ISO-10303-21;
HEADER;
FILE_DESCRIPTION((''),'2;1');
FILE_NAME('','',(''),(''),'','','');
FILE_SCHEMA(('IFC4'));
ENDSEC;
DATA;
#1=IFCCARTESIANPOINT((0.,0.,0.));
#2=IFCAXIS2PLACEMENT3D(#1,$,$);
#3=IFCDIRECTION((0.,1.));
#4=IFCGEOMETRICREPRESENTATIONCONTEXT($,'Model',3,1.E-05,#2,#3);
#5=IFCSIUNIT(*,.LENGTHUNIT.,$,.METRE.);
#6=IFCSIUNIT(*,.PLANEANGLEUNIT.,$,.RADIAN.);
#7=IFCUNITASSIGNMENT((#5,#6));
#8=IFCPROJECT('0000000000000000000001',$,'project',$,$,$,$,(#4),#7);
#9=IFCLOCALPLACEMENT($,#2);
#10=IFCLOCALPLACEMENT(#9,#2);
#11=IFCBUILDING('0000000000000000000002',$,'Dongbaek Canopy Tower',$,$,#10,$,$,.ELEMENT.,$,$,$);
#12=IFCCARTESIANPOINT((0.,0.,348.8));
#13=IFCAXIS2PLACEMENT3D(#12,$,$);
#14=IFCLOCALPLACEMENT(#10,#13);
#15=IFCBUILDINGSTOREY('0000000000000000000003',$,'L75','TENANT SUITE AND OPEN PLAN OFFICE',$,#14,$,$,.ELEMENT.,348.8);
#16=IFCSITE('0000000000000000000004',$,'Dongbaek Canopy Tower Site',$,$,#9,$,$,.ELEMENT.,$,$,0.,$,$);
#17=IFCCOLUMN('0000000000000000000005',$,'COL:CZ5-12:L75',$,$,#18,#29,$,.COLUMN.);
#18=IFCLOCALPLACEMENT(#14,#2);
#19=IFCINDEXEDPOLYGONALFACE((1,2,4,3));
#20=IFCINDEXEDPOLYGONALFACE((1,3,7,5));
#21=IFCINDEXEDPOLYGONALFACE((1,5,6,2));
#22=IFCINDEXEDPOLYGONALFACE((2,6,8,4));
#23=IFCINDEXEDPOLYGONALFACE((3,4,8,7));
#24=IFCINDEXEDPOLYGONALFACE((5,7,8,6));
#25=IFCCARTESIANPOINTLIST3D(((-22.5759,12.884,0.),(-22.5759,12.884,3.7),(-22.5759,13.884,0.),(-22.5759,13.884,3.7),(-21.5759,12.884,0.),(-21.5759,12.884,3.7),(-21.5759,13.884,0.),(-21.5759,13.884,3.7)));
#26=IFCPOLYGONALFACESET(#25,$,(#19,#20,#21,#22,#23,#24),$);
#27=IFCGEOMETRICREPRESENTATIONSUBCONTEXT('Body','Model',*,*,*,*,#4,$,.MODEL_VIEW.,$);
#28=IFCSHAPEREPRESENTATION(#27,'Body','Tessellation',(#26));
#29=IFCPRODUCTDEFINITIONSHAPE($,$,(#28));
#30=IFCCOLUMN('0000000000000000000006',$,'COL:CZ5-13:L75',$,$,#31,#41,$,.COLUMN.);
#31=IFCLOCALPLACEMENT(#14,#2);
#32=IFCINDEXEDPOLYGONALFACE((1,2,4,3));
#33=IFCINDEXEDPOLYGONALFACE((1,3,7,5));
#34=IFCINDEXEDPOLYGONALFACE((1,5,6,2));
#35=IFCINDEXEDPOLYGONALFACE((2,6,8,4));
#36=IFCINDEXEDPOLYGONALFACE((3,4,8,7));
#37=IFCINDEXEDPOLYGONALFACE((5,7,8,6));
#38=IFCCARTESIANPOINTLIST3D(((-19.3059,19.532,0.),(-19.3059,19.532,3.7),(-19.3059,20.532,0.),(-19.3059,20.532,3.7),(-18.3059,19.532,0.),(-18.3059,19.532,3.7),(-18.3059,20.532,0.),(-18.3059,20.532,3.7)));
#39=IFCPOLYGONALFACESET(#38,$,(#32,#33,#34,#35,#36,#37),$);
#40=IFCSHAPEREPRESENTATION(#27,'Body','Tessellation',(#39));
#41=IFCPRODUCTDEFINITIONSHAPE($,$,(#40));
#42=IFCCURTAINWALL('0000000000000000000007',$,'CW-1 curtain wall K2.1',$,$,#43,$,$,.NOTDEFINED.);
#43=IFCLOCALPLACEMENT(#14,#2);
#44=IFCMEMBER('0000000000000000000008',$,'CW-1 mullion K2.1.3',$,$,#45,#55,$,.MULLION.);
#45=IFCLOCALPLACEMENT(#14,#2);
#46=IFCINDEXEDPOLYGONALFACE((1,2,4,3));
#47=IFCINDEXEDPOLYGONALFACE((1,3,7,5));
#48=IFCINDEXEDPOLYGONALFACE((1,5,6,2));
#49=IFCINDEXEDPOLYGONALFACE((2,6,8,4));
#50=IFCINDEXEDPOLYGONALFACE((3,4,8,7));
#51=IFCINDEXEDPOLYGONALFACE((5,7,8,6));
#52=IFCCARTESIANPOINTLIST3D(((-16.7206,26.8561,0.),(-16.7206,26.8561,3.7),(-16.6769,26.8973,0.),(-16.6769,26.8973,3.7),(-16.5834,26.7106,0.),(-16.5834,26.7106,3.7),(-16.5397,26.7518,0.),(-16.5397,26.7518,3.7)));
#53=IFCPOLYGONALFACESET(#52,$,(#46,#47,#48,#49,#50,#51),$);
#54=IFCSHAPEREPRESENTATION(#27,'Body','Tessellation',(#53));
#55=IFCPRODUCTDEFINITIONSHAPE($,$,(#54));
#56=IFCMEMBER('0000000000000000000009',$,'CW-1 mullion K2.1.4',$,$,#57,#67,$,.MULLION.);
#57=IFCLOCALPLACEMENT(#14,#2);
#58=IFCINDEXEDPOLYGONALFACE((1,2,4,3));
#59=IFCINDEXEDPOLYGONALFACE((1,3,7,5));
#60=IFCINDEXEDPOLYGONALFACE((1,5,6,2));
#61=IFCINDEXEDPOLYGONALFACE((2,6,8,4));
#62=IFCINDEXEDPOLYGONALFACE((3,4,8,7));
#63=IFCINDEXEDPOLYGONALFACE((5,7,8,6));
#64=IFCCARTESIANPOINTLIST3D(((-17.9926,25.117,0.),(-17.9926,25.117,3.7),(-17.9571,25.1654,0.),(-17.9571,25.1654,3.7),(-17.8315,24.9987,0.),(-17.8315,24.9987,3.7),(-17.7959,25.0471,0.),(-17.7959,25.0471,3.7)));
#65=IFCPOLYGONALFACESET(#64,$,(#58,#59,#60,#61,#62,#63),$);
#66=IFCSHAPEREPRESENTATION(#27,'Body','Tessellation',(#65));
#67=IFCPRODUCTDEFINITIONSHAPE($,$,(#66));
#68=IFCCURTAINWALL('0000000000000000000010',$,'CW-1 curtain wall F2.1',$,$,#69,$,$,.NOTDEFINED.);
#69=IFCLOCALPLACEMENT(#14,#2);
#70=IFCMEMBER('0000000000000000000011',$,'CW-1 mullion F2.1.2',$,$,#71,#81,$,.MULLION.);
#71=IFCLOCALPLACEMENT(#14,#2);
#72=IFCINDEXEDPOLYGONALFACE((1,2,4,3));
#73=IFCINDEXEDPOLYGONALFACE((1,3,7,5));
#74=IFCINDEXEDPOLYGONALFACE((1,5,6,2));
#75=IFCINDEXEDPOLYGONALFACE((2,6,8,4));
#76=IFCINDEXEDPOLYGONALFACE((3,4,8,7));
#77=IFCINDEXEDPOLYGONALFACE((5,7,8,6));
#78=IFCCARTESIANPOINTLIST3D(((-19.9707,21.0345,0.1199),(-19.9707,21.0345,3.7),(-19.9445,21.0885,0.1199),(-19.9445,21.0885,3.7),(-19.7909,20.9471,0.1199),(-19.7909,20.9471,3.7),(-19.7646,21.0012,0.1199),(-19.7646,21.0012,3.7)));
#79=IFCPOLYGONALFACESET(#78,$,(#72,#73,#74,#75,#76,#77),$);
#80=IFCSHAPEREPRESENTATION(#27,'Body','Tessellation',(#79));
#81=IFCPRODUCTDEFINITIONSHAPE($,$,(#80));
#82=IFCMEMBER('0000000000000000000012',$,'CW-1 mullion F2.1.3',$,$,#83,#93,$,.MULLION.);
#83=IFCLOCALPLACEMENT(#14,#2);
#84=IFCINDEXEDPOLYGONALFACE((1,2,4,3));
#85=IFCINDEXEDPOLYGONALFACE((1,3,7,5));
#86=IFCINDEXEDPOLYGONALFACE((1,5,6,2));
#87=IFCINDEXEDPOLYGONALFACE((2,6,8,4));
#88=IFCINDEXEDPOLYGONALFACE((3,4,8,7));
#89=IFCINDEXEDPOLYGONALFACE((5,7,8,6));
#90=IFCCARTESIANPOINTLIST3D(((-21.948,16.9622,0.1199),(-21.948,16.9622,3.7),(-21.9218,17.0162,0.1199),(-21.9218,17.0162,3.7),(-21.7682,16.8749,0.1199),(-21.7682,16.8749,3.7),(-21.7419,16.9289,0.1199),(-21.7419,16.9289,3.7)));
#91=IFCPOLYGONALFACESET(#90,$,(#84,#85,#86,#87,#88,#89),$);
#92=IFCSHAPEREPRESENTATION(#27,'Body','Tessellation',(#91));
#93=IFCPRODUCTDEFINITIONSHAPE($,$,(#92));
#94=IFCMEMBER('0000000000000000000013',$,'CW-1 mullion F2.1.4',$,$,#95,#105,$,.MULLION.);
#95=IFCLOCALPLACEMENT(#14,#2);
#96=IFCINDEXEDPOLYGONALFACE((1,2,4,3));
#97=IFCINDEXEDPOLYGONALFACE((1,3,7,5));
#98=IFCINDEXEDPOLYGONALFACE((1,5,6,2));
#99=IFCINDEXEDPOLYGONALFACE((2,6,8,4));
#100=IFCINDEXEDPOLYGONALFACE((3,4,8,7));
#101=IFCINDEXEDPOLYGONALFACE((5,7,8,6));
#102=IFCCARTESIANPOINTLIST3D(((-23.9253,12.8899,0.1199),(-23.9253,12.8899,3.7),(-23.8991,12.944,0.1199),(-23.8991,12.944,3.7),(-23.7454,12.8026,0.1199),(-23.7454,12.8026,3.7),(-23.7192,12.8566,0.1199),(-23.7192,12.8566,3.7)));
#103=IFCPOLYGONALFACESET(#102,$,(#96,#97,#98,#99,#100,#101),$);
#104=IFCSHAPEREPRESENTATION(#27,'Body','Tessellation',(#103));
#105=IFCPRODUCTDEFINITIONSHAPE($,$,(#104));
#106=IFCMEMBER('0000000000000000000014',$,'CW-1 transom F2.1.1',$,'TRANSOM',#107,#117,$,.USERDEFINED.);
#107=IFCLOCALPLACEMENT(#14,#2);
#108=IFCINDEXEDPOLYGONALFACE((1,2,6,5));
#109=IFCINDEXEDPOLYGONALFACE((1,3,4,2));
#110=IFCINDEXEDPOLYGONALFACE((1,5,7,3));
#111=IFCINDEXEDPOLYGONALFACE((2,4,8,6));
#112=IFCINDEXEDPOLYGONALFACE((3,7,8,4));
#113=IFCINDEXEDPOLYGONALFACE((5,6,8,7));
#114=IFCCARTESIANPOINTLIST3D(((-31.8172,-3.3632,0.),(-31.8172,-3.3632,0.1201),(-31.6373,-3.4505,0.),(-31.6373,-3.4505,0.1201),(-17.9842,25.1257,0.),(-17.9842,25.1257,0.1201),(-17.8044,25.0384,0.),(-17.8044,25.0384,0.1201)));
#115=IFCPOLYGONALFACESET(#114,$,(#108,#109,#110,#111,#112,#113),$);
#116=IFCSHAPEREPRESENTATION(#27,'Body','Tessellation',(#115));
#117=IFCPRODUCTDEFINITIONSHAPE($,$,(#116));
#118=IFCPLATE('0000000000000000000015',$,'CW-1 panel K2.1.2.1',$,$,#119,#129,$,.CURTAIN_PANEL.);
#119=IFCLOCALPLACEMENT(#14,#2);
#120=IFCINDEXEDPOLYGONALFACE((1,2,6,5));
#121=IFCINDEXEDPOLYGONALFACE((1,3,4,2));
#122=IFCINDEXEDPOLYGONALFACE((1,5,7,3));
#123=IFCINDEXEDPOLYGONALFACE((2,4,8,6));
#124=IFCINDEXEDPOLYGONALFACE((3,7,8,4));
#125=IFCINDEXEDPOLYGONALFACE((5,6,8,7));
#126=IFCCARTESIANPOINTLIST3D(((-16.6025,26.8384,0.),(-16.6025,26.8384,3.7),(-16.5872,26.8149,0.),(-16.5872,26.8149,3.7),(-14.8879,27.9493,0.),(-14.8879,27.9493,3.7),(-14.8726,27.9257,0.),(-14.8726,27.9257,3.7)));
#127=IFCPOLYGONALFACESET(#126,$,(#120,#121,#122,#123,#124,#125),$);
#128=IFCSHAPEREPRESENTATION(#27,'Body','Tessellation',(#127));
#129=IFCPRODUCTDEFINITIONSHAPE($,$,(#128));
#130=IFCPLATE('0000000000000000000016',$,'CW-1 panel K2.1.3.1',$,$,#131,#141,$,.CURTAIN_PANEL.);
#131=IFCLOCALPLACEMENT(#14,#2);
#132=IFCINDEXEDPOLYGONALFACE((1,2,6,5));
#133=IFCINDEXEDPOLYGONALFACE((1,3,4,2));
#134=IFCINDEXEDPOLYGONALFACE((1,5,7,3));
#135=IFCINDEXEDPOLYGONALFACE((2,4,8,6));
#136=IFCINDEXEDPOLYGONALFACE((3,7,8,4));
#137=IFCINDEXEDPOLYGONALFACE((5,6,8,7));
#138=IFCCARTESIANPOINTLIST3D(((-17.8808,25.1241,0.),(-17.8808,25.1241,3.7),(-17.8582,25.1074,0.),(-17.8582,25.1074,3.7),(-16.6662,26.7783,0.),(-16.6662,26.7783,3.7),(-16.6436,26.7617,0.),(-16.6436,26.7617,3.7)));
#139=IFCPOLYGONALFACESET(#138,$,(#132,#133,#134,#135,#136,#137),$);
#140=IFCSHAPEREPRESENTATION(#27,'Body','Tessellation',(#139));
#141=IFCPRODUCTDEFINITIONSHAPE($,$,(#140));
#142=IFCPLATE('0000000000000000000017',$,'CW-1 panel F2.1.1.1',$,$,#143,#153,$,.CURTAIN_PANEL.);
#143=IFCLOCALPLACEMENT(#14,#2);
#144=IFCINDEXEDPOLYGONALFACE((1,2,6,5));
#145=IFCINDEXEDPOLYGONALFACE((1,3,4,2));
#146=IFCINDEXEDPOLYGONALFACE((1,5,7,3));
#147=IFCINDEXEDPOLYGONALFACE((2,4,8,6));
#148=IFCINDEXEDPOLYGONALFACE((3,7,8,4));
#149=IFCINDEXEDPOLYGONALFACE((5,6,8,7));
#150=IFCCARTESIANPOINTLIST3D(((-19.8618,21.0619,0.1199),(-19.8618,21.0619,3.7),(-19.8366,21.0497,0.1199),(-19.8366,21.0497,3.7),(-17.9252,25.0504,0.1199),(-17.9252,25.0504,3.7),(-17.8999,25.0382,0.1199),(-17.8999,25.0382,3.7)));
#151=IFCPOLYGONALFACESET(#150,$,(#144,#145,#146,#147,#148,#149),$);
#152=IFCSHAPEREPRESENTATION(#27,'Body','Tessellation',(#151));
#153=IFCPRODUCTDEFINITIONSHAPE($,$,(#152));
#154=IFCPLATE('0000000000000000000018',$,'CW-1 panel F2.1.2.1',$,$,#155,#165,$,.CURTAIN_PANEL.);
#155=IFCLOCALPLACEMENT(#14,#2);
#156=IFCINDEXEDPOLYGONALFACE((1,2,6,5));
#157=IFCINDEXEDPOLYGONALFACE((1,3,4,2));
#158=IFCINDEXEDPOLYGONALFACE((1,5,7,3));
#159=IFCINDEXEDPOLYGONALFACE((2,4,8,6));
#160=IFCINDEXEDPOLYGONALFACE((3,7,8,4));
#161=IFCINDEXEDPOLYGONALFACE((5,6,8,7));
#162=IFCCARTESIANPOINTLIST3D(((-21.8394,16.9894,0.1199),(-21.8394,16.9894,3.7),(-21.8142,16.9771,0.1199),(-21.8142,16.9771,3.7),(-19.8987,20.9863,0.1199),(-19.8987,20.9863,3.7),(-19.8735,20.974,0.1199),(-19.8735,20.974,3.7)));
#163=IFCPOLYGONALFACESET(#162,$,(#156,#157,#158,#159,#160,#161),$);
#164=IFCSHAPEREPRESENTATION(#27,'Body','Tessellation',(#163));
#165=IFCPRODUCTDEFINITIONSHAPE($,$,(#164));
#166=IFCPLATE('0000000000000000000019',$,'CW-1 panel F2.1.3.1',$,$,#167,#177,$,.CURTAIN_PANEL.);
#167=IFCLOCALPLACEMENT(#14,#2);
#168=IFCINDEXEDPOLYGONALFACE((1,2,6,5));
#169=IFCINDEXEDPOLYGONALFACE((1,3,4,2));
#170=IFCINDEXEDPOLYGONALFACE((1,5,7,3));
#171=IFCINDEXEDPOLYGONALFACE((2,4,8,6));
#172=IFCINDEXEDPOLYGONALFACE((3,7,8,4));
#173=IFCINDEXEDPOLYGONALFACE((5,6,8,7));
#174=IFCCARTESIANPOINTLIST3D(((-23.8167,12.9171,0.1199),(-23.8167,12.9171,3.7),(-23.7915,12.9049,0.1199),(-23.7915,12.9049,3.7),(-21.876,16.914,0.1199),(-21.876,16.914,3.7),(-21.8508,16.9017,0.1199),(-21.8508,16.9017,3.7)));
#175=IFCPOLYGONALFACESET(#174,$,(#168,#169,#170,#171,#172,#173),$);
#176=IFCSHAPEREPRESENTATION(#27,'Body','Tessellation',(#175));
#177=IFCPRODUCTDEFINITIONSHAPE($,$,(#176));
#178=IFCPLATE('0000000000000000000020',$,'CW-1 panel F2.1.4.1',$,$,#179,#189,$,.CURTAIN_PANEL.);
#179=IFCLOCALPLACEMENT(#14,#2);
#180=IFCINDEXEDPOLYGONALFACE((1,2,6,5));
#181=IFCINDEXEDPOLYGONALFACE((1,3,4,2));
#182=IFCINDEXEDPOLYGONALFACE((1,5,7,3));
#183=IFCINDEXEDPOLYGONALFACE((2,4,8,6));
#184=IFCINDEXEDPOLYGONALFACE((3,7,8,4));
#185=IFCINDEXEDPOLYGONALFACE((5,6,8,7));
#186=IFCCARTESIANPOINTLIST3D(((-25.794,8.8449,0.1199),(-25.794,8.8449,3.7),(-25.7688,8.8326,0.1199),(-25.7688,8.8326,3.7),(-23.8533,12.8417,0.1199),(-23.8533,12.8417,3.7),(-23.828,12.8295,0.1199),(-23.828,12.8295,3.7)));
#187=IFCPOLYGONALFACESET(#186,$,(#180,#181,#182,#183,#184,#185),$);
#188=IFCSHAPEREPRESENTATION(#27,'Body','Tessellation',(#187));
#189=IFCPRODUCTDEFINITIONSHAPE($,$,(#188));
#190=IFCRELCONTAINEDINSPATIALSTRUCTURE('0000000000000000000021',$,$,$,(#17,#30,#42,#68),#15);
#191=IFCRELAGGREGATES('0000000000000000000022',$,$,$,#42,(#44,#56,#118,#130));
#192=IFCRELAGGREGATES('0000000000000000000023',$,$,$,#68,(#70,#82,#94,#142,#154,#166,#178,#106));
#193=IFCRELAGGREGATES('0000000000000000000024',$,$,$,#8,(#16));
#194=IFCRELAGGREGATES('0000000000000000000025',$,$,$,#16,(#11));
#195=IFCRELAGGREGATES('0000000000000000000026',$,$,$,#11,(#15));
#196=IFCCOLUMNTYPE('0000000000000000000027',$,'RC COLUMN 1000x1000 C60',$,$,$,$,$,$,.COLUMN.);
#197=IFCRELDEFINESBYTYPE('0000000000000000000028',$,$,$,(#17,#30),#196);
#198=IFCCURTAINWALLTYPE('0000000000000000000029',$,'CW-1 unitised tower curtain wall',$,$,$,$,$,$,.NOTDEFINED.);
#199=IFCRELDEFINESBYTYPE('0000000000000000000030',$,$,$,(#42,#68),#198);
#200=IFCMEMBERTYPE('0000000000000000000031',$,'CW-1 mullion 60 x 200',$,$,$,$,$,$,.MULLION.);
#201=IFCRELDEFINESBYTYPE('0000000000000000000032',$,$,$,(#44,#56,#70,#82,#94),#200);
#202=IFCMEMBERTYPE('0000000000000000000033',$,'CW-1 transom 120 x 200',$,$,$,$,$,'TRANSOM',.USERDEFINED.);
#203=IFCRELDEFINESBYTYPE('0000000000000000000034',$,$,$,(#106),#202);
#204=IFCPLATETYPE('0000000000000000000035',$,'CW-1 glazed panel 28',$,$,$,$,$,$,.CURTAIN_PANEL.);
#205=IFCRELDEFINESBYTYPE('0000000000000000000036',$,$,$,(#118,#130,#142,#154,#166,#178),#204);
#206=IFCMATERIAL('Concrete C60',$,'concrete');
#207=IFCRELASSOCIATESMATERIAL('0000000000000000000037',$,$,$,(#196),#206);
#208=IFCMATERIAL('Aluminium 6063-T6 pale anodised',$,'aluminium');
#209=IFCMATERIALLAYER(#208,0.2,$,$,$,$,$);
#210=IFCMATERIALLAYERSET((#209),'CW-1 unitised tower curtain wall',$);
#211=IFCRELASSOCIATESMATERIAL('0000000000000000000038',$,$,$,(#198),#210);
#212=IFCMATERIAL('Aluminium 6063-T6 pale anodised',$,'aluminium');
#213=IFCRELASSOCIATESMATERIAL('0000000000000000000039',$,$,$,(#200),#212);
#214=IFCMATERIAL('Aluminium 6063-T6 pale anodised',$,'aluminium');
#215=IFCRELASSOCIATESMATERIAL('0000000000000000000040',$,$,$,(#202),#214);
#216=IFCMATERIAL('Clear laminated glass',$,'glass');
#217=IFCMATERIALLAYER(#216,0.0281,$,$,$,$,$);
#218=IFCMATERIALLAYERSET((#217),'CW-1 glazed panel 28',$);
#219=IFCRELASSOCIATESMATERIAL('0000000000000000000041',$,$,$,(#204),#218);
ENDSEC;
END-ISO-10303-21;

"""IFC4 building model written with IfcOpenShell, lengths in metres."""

from ifc_helpers import new_model, si_unit, direction, frame, origin, origin_2d, place, context, subcontext, project, spatial, rectangle, extrude, material, layer, layer_set, material_profile, profile_set, type_object, element, aggregate, save


model = new_model("IFC4")

# Units and contexts
model_context = context("Model", 3, precision=1e-05, world=origin(), true_north=direction((0.0, 1.0)))
body_context = subcontext(model_context, "Body", "Model", "MODEL_VIEW")
ifc_project = project(units=[si_unit("LENGTHUNIT", "METRE"), si_unit("PLANEANGLEUNIT", "RADIAN")], contexts=[model_context])

# Site, building, storey
site_placement = place(None, origin())
site = spatial("IfcSite", under=ifc_project, at=site_placement, Name="Dongbaek Canopy Tower Site", CompositionType="ELEMENT", RefElevation=0.0)
building_placement = place(site_placement, origin())
building = spatial("IfcBuilding", under=site, at=building_placement, Name="Dongbaek Canopy Tower", CompositionType="ELEMENT")
storey_placement = place(building_placement, frame((0.0, 0.0, 348.8)))
storey = spatial("IfcBuildingStorey", under=building, at=storey_placement, Name="L75", Description="TENANT SUITE AND OPEN PLAN OFFICE", CompositionType="ELEMENT", Elevation=348.8)

# Columns
ifc_material_1 = material(Name="Concrete C60", Category="concrete")
ifc_material_profile_1 = material_profile(ifc_material_1, rectangle(XDim=1.0, YDim=1.0, at=origin_2d()), Name="RC COLUMN 1000x1000 C60")
ifc_profile_set_1 = profile_set([ifc_material_profile_1], Name="Concrete C60")
column_type = type_object("IfcColumnType", Name="RC COLUMN 1000x1000 C60", PredefinedType="COLUMN", material=ifc_profile_set_1)
for number, where, z_axis, x_axis, name in (
    (1, (-22.0759, 13.384, 0.0), (0.0, 0.0, 1.0), (1.0, 0.0, 0.0), "COL:CZ5-12:L75"),
    (2, (-18.8059, 20.032, 0.0), (0.0, 0.0, 1.0), (1.0, 0.0, 0.0), "COL:CZ5-13:L75"),
):
    element("IfcColumn", number, at=place(storey_placement, frame(where, z_axis=z_axis, x_axis=x_axis)), inside=storey, type_object=column_type, Name=name, PredefinedType="COLUMN", context=body_context, shape_type="SweptSolid", body=[
        extrude(rectangle(XDim=1.0, YDim=1.0, at=origin_2d()), origin(), (0.0, 0.0, 1.0), 3.7),
    ])

# Curtain walls, members
ifc_material_2 = material(Name="Aluminium 6063-T6 pale anodised", Category="aluminium")
ifc_layer_1 = layer(ifc_material_2, 0.2)
ifc_layer_set_1 = layer_set([ifc_layer_1], Name="CW-1 unitised tower curtain wall")
curtain_wall_type = type_object("IfcCurtainWallType", Name="CW-1 unitised tower curtain wall", PredefinedType="NOTDEFINED", material=ifc_layer_set_1)
curtain_wall_1_placement = place(storey_placement, origin())
curtain_wall_1 = element("IfcCurtainWall", 3, at=curtain_wall_1_placement, inside=storey, type_object=curtain_wall_type, Name="CW-1 curtain wall K2.1", PredefinedType="NOTDEFINED")
ifc_material_3 = material(Name="Aluminium 6063-T6 pale anodised", Category="aluminium")
ifc_material_profile_2 = material_profile(ifc_material_3, rectangle(XDim=0.2, YDim=0.0601, at=origin_2d()), Name="CW-1 mullion 60 x 200")
ifc_profile_set_2 = profile_set([ifc_material_profile_2], Name="Aluminium 6063-T6 pale anodised")
member_type_1 = type_object("IfcMemberType", Name="CW-1 mullion 60 x 200", PredefinedType="MULLION", material=ifc_profile_set_2)
member_1_placement = place(storey_placement, frame((-16.6301, 26.804, 0.0), z_axis=(0.0, 0.0, 1.0), x_axis=(-0.686148, 0.727462, 0.0)))
member_1 = element("IfcMember", 4, at=member_1_placement, type_object=member_type_1, Name="CW-1 mullion K2.1.3", PredefinedType="MULLION", context=body_context, shape_type="SweptSolid", body=[
    extrude(rectangle(XDim=0.2, YDim=0.0601, at=origin_2d()), origin(), (0.0, 0.0, 1.0), 3.7),
])
member_2_placement = place(storey_placement, frame((-17.8943, 25.082, 0.0), z_axis=(0.0, 0.0, 1.0), x_axis=(-0.806066, 0.591826, 0.0)))
member_2 = element("IfcMember", 5, at=member_2_placement, type_object=member_type_1, Name="CW-1 mullion K2.1.4", PredefinedType="MULLION", context=body_context, shape_type="SweptSolid", body=[
    extrude(rectangle(XDim=0.2, YDim=0.0601, at=origin_2d()), origin(), (0.0, 0.0, 1.0), 3.7),
])
curtain_wall_2_placement = place(storey_placement, origin())
curtain_wall_2 = element("IfcCurtainWall", 6, at=curtain_wall_2_placement, inside=storey, type_object=curtain_wall_type, Name="CW-1 curtain wall F2.1", PredefinedType="NOTDEFINED")
member_3_placement = place(storey_placement, frame((-19.8677, 21.0178, 0.1199), z_axis=(0.0, 0.0, 1.0), x_axis=(-0.899563, 0.436791, 0.0)))
member_3 = element("IfcMember", 7, at=member_3_placement, type_object=member_type_1, Name="CW-1 mullion F2.1.2", PredefinedType="MULLION", context=body_context, shape_type="SweptSolid", body=[
    extrude(rectangle(XDim=0.2, YDim=0.0601, at=origin_2d()), origin(), (0.0, 0.0, 1.0), 3.5801),
])
member_4_placement = place(storey_placement, frame((-21.845, 16.9456, 0.1199), z_axis=(0.0, 0.0, 1.0), x_axis=(-0.899563, 0.436791, 0.0)))
member_4 = element("IfcMember", 8, at=member_4_placement, type_object=member_type_1, Name="CW-1 mullion F2.1.3", PredefinedType="MULLION", context=body_context, shape_type="SweptSolid", body=[
    extrude(rectangle(XDim=0.2, YDim=0.0601, at=origin_2d()), origin(), (0.0, 0.0, 1.0), 3.5801),
])
member_5_placement = place(storey_placement, frame((-23.8223, 12.8733, 0.1199), z_axis=(0.0, 0.0, 1.0), x_axis=(-0.899563, 0.436791, 0.0)))
member_5 = element("IfcMember", 9, at=member_5_placement, type_object=member_type_1, Name="CW-1 mullion F2.1.4", PredefinedType="MULLION", context=body_context, shape_type="SweptSolid", body=[
    extrude(rectangle(XDim=0.2, YDim=0.0601, at=origin_2d()), origin(), (0.0, 0.0, 1.0), 3.5801),
])
ifc_material_4 = material(Name="Aluminium 6063-T6 pale anodised", Category="aluminium")
ifc_material_profile_3 = material_profile(ifc_material_4, rectangle(XDim=0.2, YDim=0.1201, at=origin_2d()), Name="CW-1 transom 120 x 200")
ifc_profile_set_3 = profile_set([ifc_material_profile_3], Name="Aluminium 6063-T6 pale anodised")
member_type_2 = type_object("IfcMemberType", Name="CW-1 transom 120 x 200", ElementType="TRANSOM", PredefinedType="USERDEFINED", material=ifc_profile_set_3)
member_6_placement = place(storey_placement, frame((-17.8943, 25.082, 0.0601), z_axis=(-0.436789, -0.899564, 0.0), x_axis=(0.899564, -0.436789, 0.0)))
member_6 = element("IfcMember", 10, at=member_6_placement, type_object=member_type_2, Name="CW-1 transom F2.1.1", ObjectType="TRANSOM", PredefinedType="USERDEFINED", context=body_context, shape_type="SweptSolid", body=[
    extrude(rectangle(XDim=0.2, YDim=0.1201, at=origin_2d()), origin(), (0.0, 0.0, 1.0), 31.6697),
])

# Plates
ifc_material_5 = material(Name="Clear laminated glass", Category="glass")
ifc_layer_2 = layer(ifc_material_5, 0.0281)
ifc_layer_set_2 = layer_set([ifc_layer_2], Name="CW-1 glazed panel 28")
plate_type = type_object("IfcPlateType", Name="CW-1 glazed panel 28", PredefinedType="CURTAIN_PANEL", material=ifc_layer_set_2)
plate_1_placement = place(storey_placement, frame((-15.7375, 27.3821, 0.0), z_axis=(0.0, 0.0, 1.0), x_axis=(-0.839253, -0.543741, 0.0)))
plate_1 = element("IfcPlate", 11, at=plate_1_placement, type_object=plate_type, Name="CW-1 panel K2.1.2.1", PredefinedType="CURTAIN_PANEL", context=body_context, shape_type="SweptSolid", body=[
    extrude(rectangle(XDim=2.043, YDim=0.0281, at=origin_2d()), origin(), (0.0, 0.0, 1.0), 3.7),
])
plate_2_placement = place(storey_placement, frame((-17.2622, 25.9429, 0.0), z_axis=(0.0, 0.0, 1.0), x_axis=(-0.591826, -0.806066, 0.0)))
plate_2 = element("IfcPlate", 12, at=plate_2_placement, type_object=plate_type, Name="CW-1 panel K2.1.3.1", PredefinedType="CURTAIN_PANEL", context=body_context, shape_type="SweptSolid", body=[
    extrude(rectangle(XDim=2.0522, YDim=0.0281, at=origin_2d()), origin(), (0.0, 0.0, 1.0), 3.7),
])
aggregate(curtain_wall_1, [member_1, member_2, plate_1, plate_2])
plate_3_placement = place(storey_placement, frame((-18.8809, 23.05, 0.1199), z_axis=(0.0, 0.0, 1.0), x_axis=(-0.436791, -0.899563, 0.0)))
plate_3 = element("IfcPlate", 13, at=plate_3_placement, type_object=plate_type, Name="CW-1 panel F2.1.1.1", PredefinedType="CURTAIN_PANEL", context=body_context, shape_type="SweptSolid", body=[
    extrude(rectangle(XDim=4.4338, YDim=0.0281, at=origin_2d()), origin(), (0.0, 0.0, 1.0), 3.5801),
])
plate_4_placement = place(storey_placement, frame((-20.8564, 18.9817, 0.1199), z_axis=(0.0, 0.0, 1.0), x_axis=(-0.436791, -0.899563, 0.0)))
plate_4 = element("IfcPlate", 14, at=plate_4_placement, type_object=plate_type, Name="CW-1 panel F2.1.2.1", PredefinedType="CURTAIN_PANEL", context=body_context, shape_type="SweptSolid", body=[
    extrude(rectangle(XDim=4.4431, YDim=0.0281, at=origin_2d()), origin(), (0.0, 0.0, 1.0), 3.5801),
])
plate_5_placement = place(storey_placement, frame((-22.8337, 14.9094, 0.1199), z_axis=(0.0, 0.0, 1.0), x_axis=(-0.436791, -0.899563, 0.0)))
plate_5 = element("IfcPlate", 15, at=plate_5_placement, type_object=plate_type, Name="CW-1 panel F2.1.3.1", PredefinedType="CURTAIN_PANEL", context=body_context, shape_type="SweptSolid", body=[
    extrude(rectangle(XDim=4.4431, YDim=0.0281, at=origin_2d()), origin(), (0.0, 0.0, 1.0), 3.5801),
])
plate_6_placement = place(storey_placement, frame((-24.811, 10.8372, 0.1199), z_axis=(0.0, 0.0, 1.0), x_axis=(-0.436791, -0.899563, 0.0)))
plate_6 = element("IfcPlate", 16, at=plate_6_placement, type_object=plate_type, Name="CW-1 panel F2.1.4.1", PredefinedType="CURTAIN_PANEL", context=body_context, shape_type="SweptSolid", body=[
    extrude(rectangle(XDim=4.4431, YDim=0.0281, at=origin_2d()), origin(), (0.0, 0.0, 1.0), 3.5801),
])

aggregate(curtain_wall_2, [member_3, member_4, member_5, plate_3, plate_4, plate_5, plate_6, member_6])

save(model, "model.ifc")
